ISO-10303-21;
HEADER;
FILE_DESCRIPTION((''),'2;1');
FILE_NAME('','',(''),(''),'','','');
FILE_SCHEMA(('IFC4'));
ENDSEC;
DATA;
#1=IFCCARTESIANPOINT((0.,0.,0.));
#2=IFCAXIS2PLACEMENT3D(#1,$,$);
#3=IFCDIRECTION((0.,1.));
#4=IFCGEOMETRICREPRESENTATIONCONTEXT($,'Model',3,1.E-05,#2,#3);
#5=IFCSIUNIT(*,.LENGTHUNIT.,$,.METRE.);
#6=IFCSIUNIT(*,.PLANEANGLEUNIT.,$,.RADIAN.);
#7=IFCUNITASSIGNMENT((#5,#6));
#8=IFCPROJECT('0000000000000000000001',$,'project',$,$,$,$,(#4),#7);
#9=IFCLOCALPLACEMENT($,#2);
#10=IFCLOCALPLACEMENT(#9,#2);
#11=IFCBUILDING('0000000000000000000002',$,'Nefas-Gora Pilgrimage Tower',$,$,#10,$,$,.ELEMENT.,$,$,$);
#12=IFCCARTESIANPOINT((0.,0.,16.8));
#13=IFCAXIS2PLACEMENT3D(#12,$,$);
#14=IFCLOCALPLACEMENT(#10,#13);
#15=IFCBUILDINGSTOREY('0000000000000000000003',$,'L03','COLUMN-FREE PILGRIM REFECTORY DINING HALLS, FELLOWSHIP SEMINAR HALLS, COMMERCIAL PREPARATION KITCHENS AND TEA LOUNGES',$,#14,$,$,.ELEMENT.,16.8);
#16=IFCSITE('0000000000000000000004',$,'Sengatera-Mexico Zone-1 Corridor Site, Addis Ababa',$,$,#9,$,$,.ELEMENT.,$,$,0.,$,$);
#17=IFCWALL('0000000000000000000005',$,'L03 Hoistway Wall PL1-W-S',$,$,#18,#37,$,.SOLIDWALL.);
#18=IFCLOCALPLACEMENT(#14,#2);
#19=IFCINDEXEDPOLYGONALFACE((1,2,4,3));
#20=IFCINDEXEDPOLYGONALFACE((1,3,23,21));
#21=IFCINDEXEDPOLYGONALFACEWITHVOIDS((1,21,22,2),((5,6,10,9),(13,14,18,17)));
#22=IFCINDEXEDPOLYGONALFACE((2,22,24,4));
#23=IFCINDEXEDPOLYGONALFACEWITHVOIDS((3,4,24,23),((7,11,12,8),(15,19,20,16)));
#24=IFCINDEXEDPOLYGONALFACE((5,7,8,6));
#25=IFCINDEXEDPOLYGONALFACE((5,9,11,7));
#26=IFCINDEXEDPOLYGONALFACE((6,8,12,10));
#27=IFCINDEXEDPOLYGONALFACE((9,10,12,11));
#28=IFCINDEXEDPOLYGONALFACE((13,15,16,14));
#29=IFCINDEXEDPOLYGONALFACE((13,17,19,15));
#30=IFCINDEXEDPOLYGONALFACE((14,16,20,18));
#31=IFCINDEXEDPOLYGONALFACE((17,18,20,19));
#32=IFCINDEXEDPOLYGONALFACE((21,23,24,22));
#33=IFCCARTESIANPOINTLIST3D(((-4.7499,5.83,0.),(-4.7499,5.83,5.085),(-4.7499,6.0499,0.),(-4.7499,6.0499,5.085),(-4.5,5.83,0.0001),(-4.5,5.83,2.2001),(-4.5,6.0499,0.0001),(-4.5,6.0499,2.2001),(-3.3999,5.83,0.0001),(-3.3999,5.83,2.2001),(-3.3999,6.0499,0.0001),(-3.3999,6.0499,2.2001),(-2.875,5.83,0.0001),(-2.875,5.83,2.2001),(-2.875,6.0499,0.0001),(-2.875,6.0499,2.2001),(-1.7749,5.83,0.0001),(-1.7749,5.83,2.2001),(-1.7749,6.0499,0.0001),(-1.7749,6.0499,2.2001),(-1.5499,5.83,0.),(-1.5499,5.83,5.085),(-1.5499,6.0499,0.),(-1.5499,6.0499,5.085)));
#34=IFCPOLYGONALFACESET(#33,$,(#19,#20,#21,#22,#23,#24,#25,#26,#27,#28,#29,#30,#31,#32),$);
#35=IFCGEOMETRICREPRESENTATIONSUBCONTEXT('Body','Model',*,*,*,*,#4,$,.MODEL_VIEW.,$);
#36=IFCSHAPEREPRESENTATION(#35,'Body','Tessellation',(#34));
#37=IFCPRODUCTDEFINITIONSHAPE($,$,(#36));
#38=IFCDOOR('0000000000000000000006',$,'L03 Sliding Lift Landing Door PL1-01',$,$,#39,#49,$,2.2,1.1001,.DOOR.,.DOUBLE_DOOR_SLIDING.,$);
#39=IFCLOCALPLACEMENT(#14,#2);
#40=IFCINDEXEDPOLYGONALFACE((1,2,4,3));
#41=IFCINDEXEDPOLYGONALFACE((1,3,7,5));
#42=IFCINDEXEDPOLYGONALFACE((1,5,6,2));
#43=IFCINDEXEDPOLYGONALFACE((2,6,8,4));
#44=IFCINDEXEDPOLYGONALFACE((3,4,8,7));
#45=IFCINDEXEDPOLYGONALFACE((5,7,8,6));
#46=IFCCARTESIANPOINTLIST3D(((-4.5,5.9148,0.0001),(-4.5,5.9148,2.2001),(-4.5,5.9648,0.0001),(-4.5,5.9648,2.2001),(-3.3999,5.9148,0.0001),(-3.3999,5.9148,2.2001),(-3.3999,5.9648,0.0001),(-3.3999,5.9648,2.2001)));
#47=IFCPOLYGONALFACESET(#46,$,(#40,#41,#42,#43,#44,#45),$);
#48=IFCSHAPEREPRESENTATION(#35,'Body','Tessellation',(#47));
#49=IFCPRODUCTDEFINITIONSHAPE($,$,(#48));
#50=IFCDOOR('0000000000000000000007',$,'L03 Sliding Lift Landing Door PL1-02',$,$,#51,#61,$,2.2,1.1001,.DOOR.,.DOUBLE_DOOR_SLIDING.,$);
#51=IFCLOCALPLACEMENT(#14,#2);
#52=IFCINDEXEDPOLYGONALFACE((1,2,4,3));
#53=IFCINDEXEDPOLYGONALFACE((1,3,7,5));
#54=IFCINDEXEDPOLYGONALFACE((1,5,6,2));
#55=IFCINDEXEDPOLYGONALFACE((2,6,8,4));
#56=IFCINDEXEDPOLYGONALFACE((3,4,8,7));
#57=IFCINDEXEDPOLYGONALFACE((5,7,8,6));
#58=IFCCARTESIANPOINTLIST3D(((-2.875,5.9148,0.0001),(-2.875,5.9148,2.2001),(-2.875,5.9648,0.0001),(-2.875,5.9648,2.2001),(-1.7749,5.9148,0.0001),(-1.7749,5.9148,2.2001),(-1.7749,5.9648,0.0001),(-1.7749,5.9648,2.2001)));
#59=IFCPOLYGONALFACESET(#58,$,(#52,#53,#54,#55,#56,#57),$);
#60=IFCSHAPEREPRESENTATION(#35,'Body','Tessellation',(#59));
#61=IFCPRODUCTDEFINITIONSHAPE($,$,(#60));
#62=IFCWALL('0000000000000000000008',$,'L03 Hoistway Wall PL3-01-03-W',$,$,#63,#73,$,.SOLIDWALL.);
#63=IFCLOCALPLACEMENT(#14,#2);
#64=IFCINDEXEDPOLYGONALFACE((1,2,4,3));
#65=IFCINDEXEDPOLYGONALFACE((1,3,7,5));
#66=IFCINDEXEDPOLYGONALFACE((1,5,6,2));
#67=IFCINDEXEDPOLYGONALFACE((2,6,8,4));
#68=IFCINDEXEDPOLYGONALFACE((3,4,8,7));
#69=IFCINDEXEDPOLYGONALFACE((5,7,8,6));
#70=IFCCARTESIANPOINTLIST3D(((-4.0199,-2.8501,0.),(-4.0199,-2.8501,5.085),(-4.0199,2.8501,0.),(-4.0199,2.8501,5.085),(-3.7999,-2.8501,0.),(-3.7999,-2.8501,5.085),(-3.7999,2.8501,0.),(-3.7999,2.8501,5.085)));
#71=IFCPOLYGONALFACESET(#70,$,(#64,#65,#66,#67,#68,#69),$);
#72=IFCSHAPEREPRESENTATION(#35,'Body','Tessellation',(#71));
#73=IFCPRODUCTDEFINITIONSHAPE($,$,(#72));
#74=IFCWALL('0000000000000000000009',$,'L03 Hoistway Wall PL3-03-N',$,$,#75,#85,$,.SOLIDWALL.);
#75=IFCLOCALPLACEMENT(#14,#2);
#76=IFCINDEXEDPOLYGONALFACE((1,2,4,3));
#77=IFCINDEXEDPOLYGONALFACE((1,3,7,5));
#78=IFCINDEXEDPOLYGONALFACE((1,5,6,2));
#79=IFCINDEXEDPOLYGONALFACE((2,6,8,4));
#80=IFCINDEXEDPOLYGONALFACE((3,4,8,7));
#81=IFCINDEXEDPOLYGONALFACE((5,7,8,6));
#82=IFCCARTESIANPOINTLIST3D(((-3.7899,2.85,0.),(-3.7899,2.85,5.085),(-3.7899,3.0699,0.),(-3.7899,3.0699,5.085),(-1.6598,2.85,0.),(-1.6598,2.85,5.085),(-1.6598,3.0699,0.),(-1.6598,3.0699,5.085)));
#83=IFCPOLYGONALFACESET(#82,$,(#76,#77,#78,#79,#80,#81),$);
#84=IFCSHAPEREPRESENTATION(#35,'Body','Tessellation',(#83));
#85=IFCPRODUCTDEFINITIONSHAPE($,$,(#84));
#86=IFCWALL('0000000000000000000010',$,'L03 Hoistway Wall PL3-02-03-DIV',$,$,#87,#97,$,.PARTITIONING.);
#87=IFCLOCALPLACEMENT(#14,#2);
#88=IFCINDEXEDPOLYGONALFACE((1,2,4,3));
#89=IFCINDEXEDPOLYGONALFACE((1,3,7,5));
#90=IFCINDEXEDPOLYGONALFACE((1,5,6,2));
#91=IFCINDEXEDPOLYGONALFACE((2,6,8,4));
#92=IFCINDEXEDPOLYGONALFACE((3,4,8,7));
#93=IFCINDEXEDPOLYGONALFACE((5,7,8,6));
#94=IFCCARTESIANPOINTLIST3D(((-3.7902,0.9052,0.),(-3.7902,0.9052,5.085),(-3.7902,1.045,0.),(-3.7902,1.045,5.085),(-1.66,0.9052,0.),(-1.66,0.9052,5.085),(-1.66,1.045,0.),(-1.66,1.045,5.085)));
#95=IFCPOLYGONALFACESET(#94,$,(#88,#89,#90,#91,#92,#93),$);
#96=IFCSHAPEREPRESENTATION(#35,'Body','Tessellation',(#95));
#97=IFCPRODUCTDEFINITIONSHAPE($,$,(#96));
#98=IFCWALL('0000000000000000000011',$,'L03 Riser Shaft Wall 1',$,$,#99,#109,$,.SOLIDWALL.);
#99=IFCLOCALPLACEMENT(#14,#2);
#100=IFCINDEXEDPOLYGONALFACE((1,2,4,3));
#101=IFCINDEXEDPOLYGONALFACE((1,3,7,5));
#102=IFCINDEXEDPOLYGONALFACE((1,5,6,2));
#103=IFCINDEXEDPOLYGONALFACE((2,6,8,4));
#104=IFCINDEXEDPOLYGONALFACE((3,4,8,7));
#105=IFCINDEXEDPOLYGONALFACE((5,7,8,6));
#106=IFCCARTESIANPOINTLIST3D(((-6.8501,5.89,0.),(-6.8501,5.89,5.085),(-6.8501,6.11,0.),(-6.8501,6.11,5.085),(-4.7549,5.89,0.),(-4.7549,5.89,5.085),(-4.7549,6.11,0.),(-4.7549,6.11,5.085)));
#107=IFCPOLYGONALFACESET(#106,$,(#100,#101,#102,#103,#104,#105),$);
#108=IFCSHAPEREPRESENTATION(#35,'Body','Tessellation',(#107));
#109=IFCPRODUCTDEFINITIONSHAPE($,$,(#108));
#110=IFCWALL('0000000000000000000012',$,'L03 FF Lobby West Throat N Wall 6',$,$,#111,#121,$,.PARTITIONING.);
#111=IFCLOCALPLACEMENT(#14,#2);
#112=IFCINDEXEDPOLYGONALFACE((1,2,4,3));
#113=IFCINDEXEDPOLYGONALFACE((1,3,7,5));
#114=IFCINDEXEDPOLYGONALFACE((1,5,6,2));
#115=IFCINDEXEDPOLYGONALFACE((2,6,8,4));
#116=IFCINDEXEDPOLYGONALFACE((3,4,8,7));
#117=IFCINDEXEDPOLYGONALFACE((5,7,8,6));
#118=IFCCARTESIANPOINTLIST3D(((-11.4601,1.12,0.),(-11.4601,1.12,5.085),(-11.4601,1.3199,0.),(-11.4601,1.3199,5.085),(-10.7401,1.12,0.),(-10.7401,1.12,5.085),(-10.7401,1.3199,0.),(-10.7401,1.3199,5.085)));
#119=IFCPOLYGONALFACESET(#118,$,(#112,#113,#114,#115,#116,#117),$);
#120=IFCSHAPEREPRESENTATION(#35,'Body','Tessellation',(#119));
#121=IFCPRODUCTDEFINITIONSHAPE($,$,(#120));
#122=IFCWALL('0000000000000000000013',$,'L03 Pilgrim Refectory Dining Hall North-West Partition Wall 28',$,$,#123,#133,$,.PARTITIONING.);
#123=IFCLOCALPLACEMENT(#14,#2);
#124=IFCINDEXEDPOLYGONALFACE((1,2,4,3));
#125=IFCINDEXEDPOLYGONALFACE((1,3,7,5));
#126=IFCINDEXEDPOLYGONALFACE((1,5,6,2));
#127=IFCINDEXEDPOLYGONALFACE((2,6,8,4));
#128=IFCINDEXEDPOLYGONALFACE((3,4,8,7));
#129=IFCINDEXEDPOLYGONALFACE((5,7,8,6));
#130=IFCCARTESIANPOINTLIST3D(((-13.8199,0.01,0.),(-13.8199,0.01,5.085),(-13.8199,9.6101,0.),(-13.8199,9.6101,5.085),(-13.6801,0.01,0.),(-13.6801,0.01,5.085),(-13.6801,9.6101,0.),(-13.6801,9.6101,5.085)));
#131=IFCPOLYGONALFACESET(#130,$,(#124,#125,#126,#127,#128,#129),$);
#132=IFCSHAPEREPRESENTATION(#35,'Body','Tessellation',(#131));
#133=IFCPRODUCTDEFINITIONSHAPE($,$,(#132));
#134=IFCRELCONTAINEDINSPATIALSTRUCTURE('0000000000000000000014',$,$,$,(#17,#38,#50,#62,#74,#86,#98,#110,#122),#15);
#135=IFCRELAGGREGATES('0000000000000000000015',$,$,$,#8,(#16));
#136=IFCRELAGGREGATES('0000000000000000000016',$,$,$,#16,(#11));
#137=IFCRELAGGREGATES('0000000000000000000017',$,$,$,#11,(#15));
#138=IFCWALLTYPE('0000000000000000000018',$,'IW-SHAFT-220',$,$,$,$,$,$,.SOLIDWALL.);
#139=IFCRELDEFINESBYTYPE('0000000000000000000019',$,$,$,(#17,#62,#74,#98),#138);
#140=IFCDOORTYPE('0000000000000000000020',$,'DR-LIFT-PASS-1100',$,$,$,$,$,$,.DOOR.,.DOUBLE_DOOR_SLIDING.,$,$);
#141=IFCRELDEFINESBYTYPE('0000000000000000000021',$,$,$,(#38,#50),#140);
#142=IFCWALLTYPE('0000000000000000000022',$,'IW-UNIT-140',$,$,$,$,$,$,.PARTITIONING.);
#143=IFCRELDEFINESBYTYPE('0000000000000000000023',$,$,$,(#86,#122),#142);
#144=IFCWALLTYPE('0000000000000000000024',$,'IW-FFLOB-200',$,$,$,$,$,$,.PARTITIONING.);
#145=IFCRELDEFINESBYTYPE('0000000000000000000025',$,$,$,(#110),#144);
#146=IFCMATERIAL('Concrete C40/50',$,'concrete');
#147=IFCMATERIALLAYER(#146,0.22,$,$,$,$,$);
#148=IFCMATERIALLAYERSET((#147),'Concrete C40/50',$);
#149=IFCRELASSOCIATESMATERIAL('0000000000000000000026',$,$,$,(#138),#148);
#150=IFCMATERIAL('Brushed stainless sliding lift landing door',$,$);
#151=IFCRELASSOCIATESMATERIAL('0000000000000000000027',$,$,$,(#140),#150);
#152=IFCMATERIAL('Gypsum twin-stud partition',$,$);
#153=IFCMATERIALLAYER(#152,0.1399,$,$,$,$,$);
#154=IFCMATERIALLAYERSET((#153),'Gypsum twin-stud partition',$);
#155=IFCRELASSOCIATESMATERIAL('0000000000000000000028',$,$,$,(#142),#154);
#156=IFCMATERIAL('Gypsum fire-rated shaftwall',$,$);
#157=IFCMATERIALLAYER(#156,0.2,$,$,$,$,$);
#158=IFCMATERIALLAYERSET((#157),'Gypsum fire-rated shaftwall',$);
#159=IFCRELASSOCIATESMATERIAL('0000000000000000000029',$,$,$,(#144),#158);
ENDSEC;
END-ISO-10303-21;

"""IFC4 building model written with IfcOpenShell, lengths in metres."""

from ifc_helpers import new_model, si_unit, direction, frame, frame_2d, origin, place, context, subcontext, project, spatial, rectangle, extrude, source, transform, mapped, material, layer, layer_set, type_object, element, fill, save


model = new_model("IFC4")

# Units and contexts
model_context = context("Model", 3, precision=1e-05, world=origin(), true_north=direction((0.0, 1.0)))
body_context = subcontext(model_context, "Body", "Model", "MODEL_VIEW")
ifc_project = project(units=[si_unit("LENGTHUNIT", "METRE"), si_unit("PLANEANGLEUNIT", "RADIAN")], contexts=[model_context])

# Site, building, storey
site_placement = place(None, origin())
site = spatial("IfcSite", under=ifc_project, at=site_placement, Name="Sengatera-Mexico Zone-1 Corridor Site, Addis Ababa", CompositionType="ELEMENT", RefElevation=0.0)
building_placement = place(site_placement, origin())
building = spatial("IfcBuilding", under=site, at=building_placement, Name="Nefas-Gora Pilgrimage Tower", CompositionType="ELEMENT")
storey_placement = place(building_placement, frame((0.0, 0.0, 16.8)))
storey = spatial("IfcBuildingStorey", under=building, at=storey_placement, Name="L03", Description="COLUMN-FREE PILGRIM REFECTORY DINING HALLS, FELLOWSHIP SEMINAR HALLS, COMMERCIAL PREPARATION KITCHENS AND TEA LOUNGES", CompositionType="ELEMENT", Elevation=16.8)

# Shared definitions
ifc_material_1 = material(Name="Concrete C40/50", Category="concrete")
ifc_layer_1 = layer(ifc_material_1, 0.22)
ifc_layer_set_1 = layer_set([ifc_layer_1], Name="Concrete C40/50")
wall_type_1 = type_object("IfcWallType", Name="IW-SHAFT-220", PredefinedType="SOLIDWALL", material=ifc_layer_set_1)

# Wall, openings, doors
shared_shape_1 = source(origin(), body_context, "Body", "SweptSolid", [
    extrude(rectangle(XDim=3.2, YDim=0.22, at=frame_2d((1.6001, 0.0))), origin(), (0.0, 0.0, 1.0), 5.085),
])
wall_1_placement = place(storey_placement, frame((-4.75, 5.9399, 0.0), z_axis=(0.0, 0.0, 1.0), x_axis=(1.0, 0.0, 0.0)))
wall_1 = element("IfcWall", 1, at=wall_1_placement, inside=storey, type_object=wall_type_1, Name="L03 Hoistway Wall PL1-W-S", PredefinedType="SOLIDWALL", context=body_context, shape_type="MappedRepresentation", body=[
    mapped(shared_shape_1, transform((0.0, 0.0, 0.0), x_axis=(1.0, 0.0, 0.0), y_axis=(0.0, 1.0, 0.0), z_axis=(0.0, 0.0, 1.0), scale=1.0)),
])
opening_1_placement = place(wall_1_placement, frame((0.25, 0.0, 0.0)))
opening_1 = element("IfcOpeningElement", 2, at=opening_1_placement, cuts=wall_1, PredefinedType="OPENING", context=body_context, shape_type="SweptSolid", body=[
    extrude(rectangle(XDim=1.1001, YDim=2.2, at=frame_2d((0.55, 1.1001))), frame((0.0, 0.1199, 0.0), z_axis=(0.0, -1.0, 0.0), x_axis=(1.0, 0.0, 0.0)), (0.0, 0.0, 1.0), 0.24),
])
opening_2_placement = place(wall_1_placement, frame((1.875, 0.0, 0.0)))
opening_2 = element("IfcOpeningElement", 3, at=opening_2_placement, cuts=wall_1, PredefinedType="OPENING", context=body_context, shape_type="SweptSolid", body=[
    extrude(rectangle(XDim=1.1001, YDim=2.2, at=frame_2d((0.55, 1.1001))), frame((0.0, 0.1199, 0.0), z_axis=(0.0, -1.0, 0.0), x_axis=(1.0, 0.0, 0.0)), (0.0, 0.0, 1.0), 0.24),
])
ifc_material_2 = material(Name="Brushed stainless sliding lift landing door")
door_type_1 = type_object("IfcDoorType", Name="DR-LIFT-PASS-1100", OperationType="DOUBLE_DOOR_SLIDING", PredefinedType="DOOR", material=ifc_material_2)
shared_shape_2 = source(origin(), body_context, "Body", "SweptSolid", [
    extrude(rectangle(XDim=1.1001, YDim=2.2, at=frame_2d((0.55, 1.1001))), frame((0.0, 0.0249, 0.0), z_axis=(0.0, -1.0, 0.0), x_axis=(1.0, 0.0, 0.0)), (0.0, 0.0, 1.0), 0.05),
])
door_1_placement = place(opening_1_placement, origin())
door_1 = element("IfcDoor", 4, at=door_1_placement, inside=storey, type_object=door_type_1, Name="L03 Sliding Lift Landing Door PL1-01", OperationType="DOUBLE_DOOR_SLIDING", OverallHeight=2.2, OverallWidth=1.1001, PredefinedType="DOOR", context=body_context, shape_type="MappedRepresentation", body=[
    mapped(shared_shape_2, transform((0.0, 0.0, 0.0), x_axis=(1.0, 0.0, 0.0), y_axis=(0.0, 1.0, 0.0), z_axis=(0.0, 0.0, 1.0), scale=1.0)),
])
fill(opening_1, door_1)
door_2_placement = place(opening_2_placement, origin())
door_2 = element("IfcDoor", 5, at=door_2_placement, inside=storey, type_object=door_type_1, Name="L03 Sliding Lift Landing Door PL1-02", OperationType="DOUBLE_DOOR_SLIDING", OverallHeight=2.2, OverallWidth=1.1001, PredefinedType="DOOR", context=body_context, shape_type="MappedRepresentation", body=[
    mapped(shared_shape_2, transform((0.0, 0.0, 0.0), x_axis=(1.0, 0.0, 0.0), y_axis=(0.0, 1.0, 0.0), z_axis=(0.0, 0.0, 1.0), scale=1.0)),
])
fill(opening_2, door_2)

# Walls
shared_shape_3 = source(origin(), body_context, "Body", "SweptSolid", [
    extrude(rectangle(XDim=5.7002, YDim=0.22, at=frame_2d((2.8501, 0.0))), origin(), (0.0, 0.0, 1.0), 5.085),
])
wall_2_placement = place(storey_placement, frame((-3.9099, 2.8501, 0.0), z_axis=(0.0, 0.0, 1.0), x_axis=(0.0, -1.0, 0.0)))
element("IfcWall", 6, at=wall_2_placement, inside=storey, type_object=wall_type_1, Name="L03 Hoistway Wall PL3-01-03-W", PredefinedType="SOLIDWALL", context=body_context, shape_type="MappedRepresentation", body=[
    mapped(shared_shape_3, transform((0.0, 0.0, 0.0), x_axis=(1.0, 0.0, 0.0), y_axis=(0.0, 1.0, 0.0), z_axis=(0.0, 0.0, 1.0), scale=1.0)),
])
shared_shape_4 = source(origin(), body_context, "Body", "SweptSolid", [
    extrude(rectangle(XDim=2.1301, YDim=0.22, at=frame_2d((1.0649, 0.0))), origin(), (0.0, 0.0, 1.0), 5.085),
])
wall_3_placement = place(storey_placement, frame((-1.6599, 2.96, 0.0), z_axis=(0.0, 0.0, 1.0), x_axis=(-1.0, 0.0, 0.0)))
element("IfcWall", 7, at=wall_3_placement, inside=storey, type_object=wall_type_1, Name="L03 Hoistway Wall PL3-03-N", PredefinedType="SOLIDWALL", context=body_context, shape_type="MappedRepresentation", body=[
    mapped(shared_shape_4, transform((0.0, 0.0, 0.0), x_axis=(1.0, 0.0, 0.0), y_axis=(0.0, 1.0, 0.0), z_axis=(0.0, 0.0, 1.0), scale=1.0)),
])
ifc_material_3 = material(Name="Gypsum twin-stud partition")
ifc_layer_2 = layer(ifc_material_3, 0.1399)
ifc_layer_set_2 = layer_set([ifc_layer_2], Name="Gypsum twin-stud partition")
wall_type_2 = type_object("IfcWallType", Name="IW-UNIT-140", PredefinedType="PARTITIONING", material=ifc_layer_set_2)
shared_shape_5 = source(origin(), body_context, "Body", "SweptSolid", [
    extrude(rectangle(XDim=2.1301, YDim=0.1399, at=frame_2d((1.0649, 0.0))), origin(), (0.0, 0.0, 1.0), 5.085),
])
wall_4_placement = place(storey_placement, frame((-3.79, 0.9751, 0.0), z_axis=(0.0, 0.0, 1.0), x_axis=(1.0, 0.0, 0.0)))
element("IfcWall", 8, at=wall_4_placement, inside=storey, type_object=wall_type_2, Name="L03 Hoistway Wall PL3-02-03-DIV", PredefinedType="PARTITIONING", context=body_context, shape_type="MappedRepresentation", body=[
    mapped(shared_shape_5, transform((0.0, 0.0, 0.0), x_axis=(1.0, 0.0, 0.0), y_axis=(0.0, 1.0, 0.0), z_axis=(0.0, 0.0, 1.0), scale=1.0)),
])
shared_shape_6 = source(origin(), body_context, "Body", "SweptSolid", [
    extrude(rectangle(XDim=2.0952, YDim=0.22, at=frame_2d((1.0476, 0.0))), origin(), (0.0, 0.0, 1.0), 5.085),
])
wall_5_placement = place(storey_placement, frame((-6.8501, 6.0, 0.0), z_axis=(0.0, 0.0, 1.0), x_axis=(1.0, 0.0, 0.0)))
element("IfcWall", 9, at=wall_5_placement, inside=storey, type_object=wall_type_1, Name="L03 Riser Shaft Wall 1", PredefinedType="SOLIDWALL", context=body_context, shape_type="MappedRepresentation", body=[
    mapped(shared_shape_6, transform((0.0, 0.0, 0.0), x_axis=(1.0, 0.0, 0.0), y_axis=(0.0, 1.0, 0.0), z_axis=(0.0, 0.0, 1.0), scale=1.0)),
])
ifc_material_4 = material(Name="Gypsum fire-rated shaftwall")
ifc_layer_3 = layer(ifc_material_4, 0.2)
ifc_layer_set_3 = layer_set([ifc_layer_3], Name="Gypsum fire-rated shaftwall")
wall_type_3 = type_object("IfcWallType", Name="IW-FFLOB-200", PredefinedType="PARTITIONING", material=ifc_layer_set_3)
shared_shape_7 = source(origin(), body_context, "Body", "SweptSolid", [
    extrude(rectangle(XDim=0.72, YDim=0.2, at=frame_2d((0.3599, 0.0))), origin(), (0.0, 0.0, 1.0), 5.085),
])
wall_6_placement = place(storey_placement, frame((-11.46, 1.22, 0.0), z_axis=(0.0, 0.0, 1.0), x_axis=(1.0, 0.0, 0.0)))
element("IfcWall", 10, at=wall_6_placement, inside=storey, type_object=wall_type_3, Name="L03 FF Lobby West Throat N Wall 6", PredefinedType="PARTITIONING", context=body_context, shape_type="MappedRepresentation", body=[
    mapped(shared_shape_7, transform((0.0, 0.0, 0.0), x_axis=(1.0, 0.0, 0.0), y_axis=(0.0, 1.0, 0.0), z_axis=(0.0, 0.0, 1.0), scale=1.0)),
])
shared_shape_8 = source(origin(), body_context, "Body", "SweptSolid", [
    extrude(rectangle(XDim=9.6001, YDim=0.1399, at=frame_2d((4.8, 0.0))), origin(), (0.0, 0.0, 1.0), 5.085),
])
wall_7_placement = place(storey_placement, frame((-13.75, 0.01, 0.0), z_axis=(0.0, 0.0, 1.0), x_axis=(0.0, 1.0, 0.0)))
element("IfcWall", 11, at=wall_7_placement, inside=storey, type_object=wall_type_2, Name="L03 Pilgrim Refectory Dining Hall North-West Partition Wall 28", PredefinedType="PARTITIONING", context=body_context, shape_type="MappedRepresentation", body=[
    mapped(shared_shape_8, transform((0.0, 0.0, 0.0), x_axis=(1.0, 0.0, 0.0), y_axis=(0.0, 1.0, 0.0), z_axis=(0.0, 0.0, 1.0), scale=1.0)),
])

save(model, "model.ifc")
